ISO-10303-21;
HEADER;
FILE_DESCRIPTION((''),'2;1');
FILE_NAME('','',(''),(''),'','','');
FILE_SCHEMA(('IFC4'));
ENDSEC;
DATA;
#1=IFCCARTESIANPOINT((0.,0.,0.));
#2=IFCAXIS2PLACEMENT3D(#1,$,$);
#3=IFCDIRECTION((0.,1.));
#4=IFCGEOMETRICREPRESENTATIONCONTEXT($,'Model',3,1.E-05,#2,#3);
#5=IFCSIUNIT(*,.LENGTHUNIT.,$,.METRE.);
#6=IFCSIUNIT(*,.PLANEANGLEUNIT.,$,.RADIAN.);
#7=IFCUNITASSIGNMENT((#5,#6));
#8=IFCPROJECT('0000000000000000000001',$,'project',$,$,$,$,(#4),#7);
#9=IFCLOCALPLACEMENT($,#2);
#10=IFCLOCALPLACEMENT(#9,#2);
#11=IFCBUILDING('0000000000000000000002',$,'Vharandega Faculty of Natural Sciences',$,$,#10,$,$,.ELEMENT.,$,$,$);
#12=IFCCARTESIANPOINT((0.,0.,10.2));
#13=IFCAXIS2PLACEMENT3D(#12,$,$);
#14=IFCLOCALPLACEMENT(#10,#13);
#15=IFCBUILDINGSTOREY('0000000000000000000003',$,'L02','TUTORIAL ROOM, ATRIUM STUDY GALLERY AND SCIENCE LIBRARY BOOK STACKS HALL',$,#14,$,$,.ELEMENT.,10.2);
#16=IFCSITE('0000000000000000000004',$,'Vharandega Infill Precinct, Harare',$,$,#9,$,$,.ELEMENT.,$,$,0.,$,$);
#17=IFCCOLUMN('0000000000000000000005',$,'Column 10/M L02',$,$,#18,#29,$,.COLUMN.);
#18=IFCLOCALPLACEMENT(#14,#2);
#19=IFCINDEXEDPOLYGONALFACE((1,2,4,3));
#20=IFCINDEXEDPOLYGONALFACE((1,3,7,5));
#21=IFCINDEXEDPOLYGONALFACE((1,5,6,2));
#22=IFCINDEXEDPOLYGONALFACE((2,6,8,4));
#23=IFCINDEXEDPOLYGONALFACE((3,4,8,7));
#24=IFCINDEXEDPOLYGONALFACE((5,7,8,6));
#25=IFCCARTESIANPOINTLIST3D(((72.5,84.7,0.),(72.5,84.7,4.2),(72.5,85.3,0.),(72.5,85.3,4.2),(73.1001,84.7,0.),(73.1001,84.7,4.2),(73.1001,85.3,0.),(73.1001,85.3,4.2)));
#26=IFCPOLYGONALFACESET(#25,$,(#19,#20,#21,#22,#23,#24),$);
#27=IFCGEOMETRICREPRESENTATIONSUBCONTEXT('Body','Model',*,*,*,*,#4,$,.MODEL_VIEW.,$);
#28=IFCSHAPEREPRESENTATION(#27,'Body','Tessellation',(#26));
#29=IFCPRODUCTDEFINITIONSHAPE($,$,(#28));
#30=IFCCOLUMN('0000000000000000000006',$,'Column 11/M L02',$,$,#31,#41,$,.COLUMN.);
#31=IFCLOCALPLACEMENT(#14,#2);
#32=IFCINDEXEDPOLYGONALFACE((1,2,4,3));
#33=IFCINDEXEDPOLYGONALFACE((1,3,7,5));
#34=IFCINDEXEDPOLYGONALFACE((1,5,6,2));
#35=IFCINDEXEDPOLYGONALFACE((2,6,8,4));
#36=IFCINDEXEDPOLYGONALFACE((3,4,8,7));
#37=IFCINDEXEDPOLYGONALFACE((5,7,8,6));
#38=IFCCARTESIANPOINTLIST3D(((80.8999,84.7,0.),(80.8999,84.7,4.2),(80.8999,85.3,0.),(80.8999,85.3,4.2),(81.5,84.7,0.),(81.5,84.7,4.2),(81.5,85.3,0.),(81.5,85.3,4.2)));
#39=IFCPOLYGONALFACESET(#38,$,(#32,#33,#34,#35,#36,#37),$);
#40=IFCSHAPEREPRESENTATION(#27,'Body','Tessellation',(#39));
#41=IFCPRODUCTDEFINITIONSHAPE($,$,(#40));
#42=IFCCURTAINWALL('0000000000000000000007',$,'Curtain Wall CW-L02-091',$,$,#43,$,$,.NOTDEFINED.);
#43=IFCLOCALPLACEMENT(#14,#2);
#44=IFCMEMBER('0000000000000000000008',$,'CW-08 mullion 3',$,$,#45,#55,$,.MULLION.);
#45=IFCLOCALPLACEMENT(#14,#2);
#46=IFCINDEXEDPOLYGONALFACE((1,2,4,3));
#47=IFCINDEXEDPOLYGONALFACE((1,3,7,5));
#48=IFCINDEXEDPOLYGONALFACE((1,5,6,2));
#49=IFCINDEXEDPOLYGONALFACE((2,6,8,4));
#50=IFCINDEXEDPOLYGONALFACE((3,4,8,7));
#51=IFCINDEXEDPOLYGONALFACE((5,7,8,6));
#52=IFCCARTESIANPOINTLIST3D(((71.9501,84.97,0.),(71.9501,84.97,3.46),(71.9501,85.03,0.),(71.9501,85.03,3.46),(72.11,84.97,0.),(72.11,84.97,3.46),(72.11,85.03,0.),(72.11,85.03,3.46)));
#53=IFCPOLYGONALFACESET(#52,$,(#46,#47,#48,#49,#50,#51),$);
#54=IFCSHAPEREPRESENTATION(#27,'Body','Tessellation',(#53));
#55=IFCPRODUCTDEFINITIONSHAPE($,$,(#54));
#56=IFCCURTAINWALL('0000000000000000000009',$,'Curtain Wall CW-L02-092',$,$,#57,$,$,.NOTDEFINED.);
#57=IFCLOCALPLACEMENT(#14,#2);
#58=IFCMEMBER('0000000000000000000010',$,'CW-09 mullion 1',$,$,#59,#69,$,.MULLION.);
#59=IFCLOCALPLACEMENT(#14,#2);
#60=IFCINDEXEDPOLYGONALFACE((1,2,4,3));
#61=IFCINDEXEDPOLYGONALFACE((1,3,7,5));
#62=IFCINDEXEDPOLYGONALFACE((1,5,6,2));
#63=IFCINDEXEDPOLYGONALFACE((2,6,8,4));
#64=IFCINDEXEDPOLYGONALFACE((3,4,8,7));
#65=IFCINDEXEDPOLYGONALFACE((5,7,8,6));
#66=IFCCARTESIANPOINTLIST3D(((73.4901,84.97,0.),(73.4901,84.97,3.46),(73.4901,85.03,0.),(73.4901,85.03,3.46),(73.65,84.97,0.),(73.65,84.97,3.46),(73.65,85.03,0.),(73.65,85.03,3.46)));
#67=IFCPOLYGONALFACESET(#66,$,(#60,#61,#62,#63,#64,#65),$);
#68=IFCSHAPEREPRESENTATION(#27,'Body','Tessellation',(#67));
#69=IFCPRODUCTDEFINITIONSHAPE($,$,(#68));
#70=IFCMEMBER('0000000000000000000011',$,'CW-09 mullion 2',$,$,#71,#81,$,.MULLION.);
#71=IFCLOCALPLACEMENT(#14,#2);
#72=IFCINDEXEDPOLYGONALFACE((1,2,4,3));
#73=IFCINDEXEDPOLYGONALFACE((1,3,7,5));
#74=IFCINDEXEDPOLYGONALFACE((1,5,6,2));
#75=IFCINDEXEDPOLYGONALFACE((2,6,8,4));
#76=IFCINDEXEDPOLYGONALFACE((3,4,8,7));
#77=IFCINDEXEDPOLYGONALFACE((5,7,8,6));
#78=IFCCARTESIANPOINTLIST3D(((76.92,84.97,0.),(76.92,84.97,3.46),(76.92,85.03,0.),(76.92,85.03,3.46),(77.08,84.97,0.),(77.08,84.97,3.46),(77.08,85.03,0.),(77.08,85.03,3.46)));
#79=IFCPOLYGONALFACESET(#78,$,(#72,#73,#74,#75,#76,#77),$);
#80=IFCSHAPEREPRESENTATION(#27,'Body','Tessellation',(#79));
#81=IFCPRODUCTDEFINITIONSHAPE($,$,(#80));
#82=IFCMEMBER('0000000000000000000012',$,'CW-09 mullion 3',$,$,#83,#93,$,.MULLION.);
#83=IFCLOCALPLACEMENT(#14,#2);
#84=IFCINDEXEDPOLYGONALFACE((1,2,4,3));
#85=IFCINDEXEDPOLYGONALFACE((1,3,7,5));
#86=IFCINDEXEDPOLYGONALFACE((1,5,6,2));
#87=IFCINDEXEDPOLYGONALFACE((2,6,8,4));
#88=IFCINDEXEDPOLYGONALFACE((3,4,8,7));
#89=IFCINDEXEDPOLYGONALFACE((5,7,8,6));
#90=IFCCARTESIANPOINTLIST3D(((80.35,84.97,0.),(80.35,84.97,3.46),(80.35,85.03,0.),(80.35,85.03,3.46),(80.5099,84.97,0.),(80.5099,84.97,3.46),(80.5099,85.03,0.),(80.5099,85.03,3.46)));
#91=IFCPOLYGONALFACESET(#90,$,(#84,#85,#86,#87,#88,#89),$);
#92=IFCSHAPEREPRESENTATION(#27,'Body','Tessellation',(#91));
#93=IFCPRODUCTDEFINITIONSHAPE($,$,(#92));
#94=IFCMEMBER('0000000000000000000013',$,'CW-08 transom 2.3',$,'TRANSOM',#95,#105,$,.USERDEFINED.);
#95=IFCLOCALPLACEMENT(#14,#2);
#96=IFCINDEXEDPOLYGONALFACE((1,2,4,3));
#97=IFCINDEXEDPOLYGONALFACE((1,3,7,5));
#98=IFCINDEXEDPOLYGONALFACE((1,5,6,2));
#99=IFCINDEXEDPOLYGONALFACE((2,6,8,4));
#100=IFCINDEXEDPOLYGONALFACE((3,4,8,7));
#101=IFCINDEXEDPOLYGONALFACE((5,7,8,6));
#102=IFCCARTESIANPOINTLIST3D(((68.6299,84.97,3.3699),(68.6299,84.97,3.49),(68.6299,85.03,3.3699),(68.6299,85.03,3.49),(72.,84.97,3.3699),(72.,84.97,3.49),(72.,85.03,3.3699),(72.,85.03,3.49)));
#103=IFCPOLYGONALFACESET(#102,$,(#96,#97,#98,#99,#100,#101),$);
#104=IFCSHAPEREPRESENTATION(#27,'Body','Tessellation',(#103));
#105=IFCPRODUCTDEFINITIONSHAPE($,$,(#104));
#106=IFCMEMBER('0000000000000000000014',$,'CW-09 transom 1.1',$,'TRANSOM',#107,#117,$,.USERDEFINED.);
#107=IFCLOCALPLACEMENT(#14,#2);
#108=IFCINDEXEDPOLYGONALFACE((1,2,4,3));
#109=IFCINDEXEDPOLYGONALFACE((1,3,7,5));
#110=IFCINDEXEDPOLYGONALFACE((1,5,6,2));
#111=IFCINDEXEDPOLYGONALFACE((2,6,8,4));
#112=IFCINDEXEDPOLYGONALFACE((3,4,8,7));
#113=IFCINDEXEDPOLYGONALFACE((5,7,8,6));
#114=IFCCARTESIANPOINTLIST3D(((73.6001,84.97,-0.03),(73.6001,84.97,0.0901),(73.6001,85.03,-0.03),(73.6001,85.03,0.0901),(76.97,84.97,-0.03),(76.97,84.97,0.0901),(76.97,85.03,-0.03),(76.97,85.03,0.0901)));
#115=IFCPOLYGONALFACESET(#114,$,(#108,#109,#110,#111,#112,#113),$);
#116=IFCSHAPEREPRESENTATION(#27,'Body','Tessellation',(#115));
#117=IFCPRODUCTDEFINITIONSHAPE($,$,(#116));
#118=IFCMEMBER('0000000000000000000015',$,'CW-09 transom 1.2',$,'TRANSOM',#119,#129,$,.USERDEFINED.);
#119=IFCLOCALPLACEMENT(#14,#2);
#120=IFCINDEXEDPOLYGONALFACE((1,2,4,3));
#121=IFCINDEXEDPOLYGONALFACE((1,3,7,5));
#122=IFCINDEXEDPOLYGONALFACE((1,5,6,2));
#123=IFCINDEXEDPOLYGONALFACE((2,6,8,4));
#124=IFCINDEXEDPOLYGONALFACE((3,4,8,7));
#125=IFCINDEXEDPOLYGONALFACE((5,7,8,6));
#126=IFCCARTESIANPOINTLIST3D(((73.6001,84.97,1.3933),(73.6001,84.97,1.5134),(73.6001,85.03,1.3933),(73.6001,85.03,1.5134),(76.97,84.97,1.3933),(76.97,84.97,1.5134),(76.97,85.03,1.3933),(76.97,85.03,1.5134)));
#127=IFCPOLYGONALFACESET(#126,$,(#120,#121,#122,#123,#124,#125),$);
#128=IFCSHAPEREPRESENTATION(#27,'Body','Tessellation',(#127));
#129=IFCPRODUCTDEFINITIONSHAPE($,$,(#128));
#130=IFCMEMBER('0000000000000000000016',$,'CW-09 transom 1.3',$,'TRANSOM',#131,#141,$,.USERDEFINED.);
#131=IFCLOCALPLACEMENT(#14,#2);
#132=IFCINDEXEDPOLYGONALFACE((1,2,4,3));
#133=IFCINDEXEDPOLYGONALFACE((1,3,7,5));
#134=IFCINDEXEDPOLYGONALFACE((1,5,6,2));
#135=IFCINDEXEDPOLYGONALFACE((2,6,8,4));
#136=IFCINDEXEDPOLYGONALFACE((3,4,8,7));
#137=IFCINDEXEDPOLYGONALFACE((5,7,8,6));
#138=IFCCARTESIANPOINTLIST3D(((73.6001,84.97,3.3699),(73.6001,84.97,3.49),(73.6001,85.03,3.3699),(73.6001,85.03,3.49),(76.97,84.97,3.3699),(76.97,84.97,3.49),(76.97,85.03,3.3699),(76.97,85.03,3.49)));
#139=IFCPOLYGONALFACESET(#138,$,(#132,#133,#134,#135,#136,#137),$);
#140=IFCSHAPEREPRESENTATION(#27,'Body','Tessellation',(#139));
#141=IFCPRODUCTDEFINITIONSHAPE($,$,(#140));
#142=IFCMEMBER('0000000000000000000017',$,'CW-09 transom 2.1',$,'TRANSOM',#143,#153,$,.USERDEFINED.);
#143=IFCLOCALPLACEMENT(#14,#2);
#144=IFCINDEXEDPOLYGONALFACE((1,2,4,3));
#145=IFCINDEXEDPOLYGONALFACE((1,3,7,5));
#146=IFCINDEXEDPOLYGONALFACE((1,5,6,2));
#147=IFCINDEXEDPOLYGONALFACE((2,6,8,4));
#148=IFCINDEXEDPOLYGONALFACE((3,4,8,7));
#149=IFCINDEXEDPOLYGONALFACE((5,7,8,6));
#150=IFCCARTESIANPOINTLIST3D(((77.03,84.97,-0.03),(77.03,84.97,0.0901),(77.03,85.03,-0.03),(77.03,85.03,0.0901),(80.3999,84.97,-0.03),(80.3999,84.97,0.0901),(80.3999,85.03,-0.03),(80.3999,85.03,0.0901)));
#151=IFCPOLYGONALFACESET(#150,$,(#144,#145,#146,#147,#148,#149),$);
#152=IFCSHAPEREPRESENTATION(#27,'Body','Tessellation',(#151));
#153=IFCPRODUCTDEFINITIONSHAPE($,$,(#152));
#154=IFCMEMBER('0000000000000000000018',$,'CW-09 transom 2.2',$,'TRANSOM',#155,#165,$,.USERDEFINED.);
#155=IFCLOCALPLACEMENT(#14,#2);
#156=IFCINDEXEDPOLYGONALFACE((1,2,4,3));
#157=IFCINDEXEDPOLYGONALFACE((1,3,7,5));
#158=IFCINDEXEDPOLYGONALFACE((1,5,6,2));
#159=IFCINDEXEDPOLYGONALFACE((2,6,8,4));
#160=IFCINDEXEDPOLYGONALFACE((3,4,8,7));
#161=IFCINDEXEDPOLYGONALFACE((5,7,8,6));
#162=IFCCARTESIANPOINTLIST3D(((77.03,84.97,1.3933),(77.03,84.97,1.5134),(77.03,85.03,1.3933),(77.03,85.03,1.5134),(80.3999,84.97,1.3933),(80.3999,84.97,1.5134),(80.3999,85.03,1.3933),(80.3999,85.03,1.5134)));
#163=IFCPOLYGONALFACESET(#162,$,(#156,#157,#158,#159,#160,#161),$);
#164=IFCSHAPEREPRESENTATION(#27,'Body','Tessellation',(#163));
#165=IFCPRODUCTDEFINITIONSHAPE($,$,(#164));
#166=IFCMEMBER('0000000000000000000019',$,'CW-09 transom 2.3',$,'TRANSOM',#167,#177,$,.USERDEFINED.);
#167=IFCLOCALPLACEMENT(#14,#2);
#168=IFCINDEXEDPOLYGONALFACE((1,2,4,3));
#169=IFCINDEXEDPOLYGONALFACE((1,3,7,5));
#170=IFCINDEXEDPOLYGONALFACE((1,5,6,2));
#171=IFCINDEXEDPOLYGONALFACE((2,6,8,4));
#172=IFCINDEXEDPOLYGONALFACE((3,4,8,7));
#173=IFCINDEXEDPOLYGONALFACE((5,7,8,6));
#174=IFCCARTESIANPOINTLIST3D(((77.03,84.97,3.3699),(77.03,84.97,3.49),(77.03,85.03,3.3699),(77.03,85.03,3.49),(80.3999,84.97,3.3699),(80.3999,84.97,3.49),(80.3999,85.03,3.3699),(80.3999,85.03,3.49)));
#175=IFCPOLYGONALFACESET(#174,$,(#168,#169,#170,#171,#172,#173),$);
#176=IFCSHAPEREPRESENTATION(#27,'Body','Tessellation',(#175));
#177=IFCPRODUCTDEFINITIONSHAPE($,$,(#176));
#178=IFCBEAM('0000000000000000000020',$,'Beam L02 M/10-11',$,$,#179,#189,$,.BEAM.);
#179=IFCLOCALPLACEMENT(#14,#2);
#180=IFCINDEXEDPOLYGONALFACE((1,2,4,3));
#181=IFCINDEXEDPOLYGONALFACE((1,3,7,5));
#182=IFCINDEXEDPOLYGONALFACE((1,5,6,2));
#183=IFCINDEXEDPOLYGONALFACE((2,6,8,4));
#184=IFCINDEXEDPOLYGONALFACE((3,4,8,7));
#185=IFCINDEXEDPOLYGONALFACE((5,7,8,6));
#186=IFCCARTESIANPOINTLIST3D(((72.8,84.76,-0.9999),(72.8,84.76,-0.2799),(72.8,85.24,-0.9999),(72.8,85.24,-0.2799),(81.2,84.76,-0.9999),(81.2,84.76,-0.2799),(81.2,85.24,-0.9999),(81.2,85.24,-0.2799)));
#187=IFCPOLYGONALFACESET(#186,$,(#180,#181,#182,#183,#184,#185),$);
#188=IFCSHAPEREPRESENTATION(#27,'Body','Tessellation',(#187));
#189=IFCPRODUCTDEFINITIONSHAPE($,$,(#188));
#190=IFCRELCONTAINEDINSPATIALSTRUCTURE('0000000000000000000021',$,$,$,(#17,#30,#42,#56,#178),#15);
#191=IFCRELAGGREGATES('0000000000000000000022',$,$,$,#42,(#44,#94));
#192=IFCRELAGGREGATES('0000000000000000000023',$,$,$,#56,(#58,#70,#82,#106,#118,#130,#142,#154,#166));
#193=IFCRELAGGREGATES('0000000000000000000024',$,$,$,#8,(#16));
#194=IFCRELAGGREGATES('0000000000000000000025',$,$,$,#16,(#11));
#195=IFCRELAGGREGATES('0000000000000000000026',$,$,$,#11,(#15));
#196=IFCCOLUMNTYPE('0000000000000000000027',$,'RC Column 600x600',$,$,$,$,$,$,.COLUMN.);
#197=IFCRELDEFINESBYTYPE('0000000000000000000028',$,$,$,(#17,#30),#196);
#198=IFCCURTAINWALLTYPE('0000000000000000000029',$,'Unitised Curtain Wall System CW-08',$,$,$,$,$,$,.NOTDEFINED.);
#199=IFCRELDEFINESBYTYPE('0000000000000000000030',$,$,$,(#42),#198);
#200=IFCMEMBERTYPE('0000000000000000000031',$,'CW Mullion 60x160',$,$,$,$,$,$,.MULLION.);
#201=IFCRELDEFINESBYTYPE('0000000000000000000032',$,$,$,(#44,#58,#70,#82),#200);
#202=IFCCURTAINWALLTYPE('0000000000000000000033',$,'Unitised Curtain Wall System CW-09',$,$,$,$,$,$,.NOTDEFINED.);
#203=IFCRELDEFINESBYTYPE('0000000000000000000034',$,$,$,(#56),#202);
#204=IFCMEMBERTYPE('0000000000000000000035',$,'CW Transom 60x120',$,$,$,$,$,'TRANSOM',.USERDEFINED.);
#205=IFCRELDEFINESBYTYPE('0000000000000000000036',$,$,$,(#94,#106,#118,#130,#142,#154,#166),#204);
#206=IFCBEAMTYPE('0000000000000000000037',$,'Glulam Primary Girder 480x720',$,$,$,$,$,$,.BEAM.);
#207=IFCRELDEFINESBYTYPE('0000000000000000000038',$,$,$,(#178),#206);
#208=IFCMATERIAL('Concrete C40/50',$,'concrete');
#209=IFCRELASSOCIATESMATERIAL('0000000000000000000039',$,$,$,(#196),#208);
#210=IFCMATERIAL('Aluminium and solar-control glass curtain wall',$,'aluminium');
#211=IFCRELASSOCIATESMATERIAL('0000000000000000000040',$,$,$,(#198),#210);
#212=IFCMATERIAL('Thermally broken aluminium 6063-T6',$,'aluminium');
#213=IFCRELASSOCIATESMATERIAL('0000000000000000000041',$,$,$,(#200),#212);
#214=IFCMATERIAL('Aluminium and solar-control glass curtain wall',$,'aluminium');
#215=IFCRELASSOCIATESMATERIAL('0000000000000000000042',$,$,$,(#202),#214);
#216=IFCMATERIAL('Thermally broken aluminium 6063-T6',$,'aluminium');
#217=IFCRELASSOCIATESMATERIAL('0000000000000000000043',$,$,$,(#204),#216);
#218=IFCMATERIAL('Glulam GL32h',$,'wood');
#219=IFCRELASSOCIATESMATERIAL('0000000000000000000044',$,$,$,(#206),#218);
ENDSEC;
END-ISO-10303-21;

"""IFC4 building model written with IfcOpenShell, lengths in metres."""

from ifc_helpers import new_model, si_unit, direction, frame, origin, origin_2d, place, context, subcontext, project, spatial, rectangle, extrude, material, material_profile, profile_set, type_object, element, aggregate, save


model = new_model("IFC4")

# Units and contexts
model_context = context("Model", 3, precision=1e-05, world=origin(), true_north=direction((0.0, 1.0)))
body_context = subcontext(model_context, "Body", "Model", "MODEL_VIEW")
ifc_project = project(units=[si_unit("LENGTHUNIT", "METRE"), si_unit("PLANEANGLEUNIT", "RADIAN")], contexts=[model_context])

# Site, building, storey
site_placement = place(None, origin())
site = spatial("IfcSite", under=ifc_project, at=site_placement, Name="Vharandega Infill Precinct, Harare", CompositionType="ELEMENT", RefElevation=0.0)
building_placement = place(site_placement, origin())
building = spatial("IfcBuilding", under=site, at=building_placement, Name="Vharandega Faculty of Natural Sciences", CompositionType="ELEMENT")
storey_placement = place(building_placement, frame((0.0, 0.0, 10.2)))
storey = spatial("IfcBuildingStorey", under=building, at=storey_placement, Name="L02", Description="TUTORIAL ROOM, ATRIUM STUDY GALLERY AND SCIENCE LIBRARY BOOK STACKS HALL", CompositionType="ELEMENT", Elevation=10.2)

# Columns
ifc_material_1 = material(Name="Concrete C40/50", Category="concrete")
ifc_material_profile_1 = material_profile(ifc_material_1, rectangle(XDim=0.6001, YDim=0.6001, at=origin_2d()), Name="RC 600x600")
ifc_profile_set_1 = profile_set([ifc_material_profile_1], Name="Concrete C40/50")
column_type = type_object("IfcColumnType", Name="RC Column 600x600", PredefinedType="COLUMN", material=ifc_profile_set_1)
for number, where, z_axis, x_axis, name in (
    (1, (72.8, 85.0, 0.0), (0.0, 0.0, 1.0), (1.0, 0.0, 0.0), "Column 10/M L02"),
    (2, (81.2, 85.0, 0.0), (0.0, 0.0, 1.0), (1.0, 0.0, 0.0), "Column 11/M L02"),
):
    element("IfcColumn", number, at=place(storey_placement, frame(where, z_axis=z_axis, x_axis=x_axis)), inside=storey, type_object=column_type, Name=name, PredefinedType="COLUMN", context=body_context, shape_type="SweptSolid", body=[
        extrude(rectangle(XDim=0.6001, YDim=0.6001, at=origin_2d()), origin(), (0.0, 0.0, 1.0), 4.2),
    ])

# Curtain wall, member
ifc_material_2 = material(Name="Aluminium and solar-control glass curtain wall", Category="aluminium")
curtain_wall_type_1 = type_object("IfcCurtainWallType", Name="Unitised Curtain Wall System CW-08", PredefinedType="NOTDEFINED", material=ifc_material_2)
curtain_wall_1_placement = place(storey_placement, origin())
curtain_wall_1 = element("IfcCurtainWall", 3, at=curtain_wall_1_placement, inside=storey, type_object=curtain_wall_type_1, Name="Curtain Wall CW-L02-091", PredefinedType="NOTDEFINED")
ifc_material_3 = material(Name="Thermally broken aluminium 6063-T6", Category="aluminium")
ifc_material_profile_2 = material_profile(ifc_material_3, rectangle(XDim=0.0601, YDim=0.1599, at=origin_2d()), Name="ALU 60x160")
ifc_profile_set_2 = profile_set([ifc_material_profile_2], Name="Thermally broken aluminium 6063-T6")
member_type_1 = type_object("IfcMemberType", Name="CW Mullion 60x160", PredefinedType="MULLION", material=ifc_profile_set_2)
member_1_placement = place(storey_placement, frame((72.03, 85.0, 0.0), z_axis=(0.0, 0.0, 1.0), x_axis=(0.0, 1.0, 0.0)))
member_1 = element("IfcMember", 4, at=member_1_placement, type_object=member_type_1, Name="CW-08 mullion 3", PredefinedType="MULLION", context=body_context, shape_type="SweptSolid", body=[
    extrude(rectangle(XDim=0.0601, YDim=0.1599, at=origin_2d()), origin(), (0.0, 0.0, 1.0), 3.46),
])

# Curtain wall, members
ifc_material_4 = material(Name="Aluminium and solar-control glass curtain wall", Category="aluminium")
curtain_wall_type_2 = type_object("IfcCurtainWallType", Name="Unitised Curtain Wall System CW-09", PredefinedType="NOTDEFINED", material=ifc_material_4)
curtain_wall_2_placement = place(storey_placement, origin())
curtain_wall_2 = element("IfcCurtainWall", 5, at=curtain_wall_2_placement, inside=storey, type_object=curtain_wall_type_2, Name="Curtain Wall CW-L02-092", PredefinedType="NOTDEFINED")
member_2_placement = place(storey_placement, frame((73.5701, 85.0, 0.0), z_axis=(0.0, 0.0, 1.0), x_axis=(0.0, 1.0, 0.0)))
member_2 = element("IfcMember", 6, at=member_2_placement, type_object=member_type_1, Name="CW-09 mullion 1", PredefinedType="MULLION", context=body_context, shape_type="SweptSolid", body=[
    extrude(rectangle(XDim=0.0601, YDim=0.1599, at=origin_2d()), origin(), (0.0, 0.0, 1.0), 3.46),
])
member_3_placement = place(storey_placement, frame((77.0, 85.0, 0.0), z_axis=(0.0, 0.0, 1.0), x_axis=(0.0, 1.0, 0.0)))
member_3 = element("IfcMember", 7, at=member_3_placement, type_object=member_type_1, Name="CW-09 mullion 2", PredefinedType="MULLION", context=body_context, shape_type="SweptSolid", body=[
    extrude(rectangle(XDim=0.0601, YDim=0.1599, at=origin_2d()), origin(), (0.0, 0.0, 1.0), 3.46),
])
member_4_placement = place(storey_placement, frame((80.4299, 85.0, 0.0), z_axis=(0.0, 0.0, 1.0), x_axis=(0.0, 1.0, 0.0)))
member_4 = element("IfcMember", 8, at=member_4_placement, type_object=member_type_1, Name="CW-09 mullion 3", PredefinedType="MULLION", context=body_context, shape_type="SweptSolid", body=[
    extrude(rectangle(XDim=0.0601, YDim=0.1599, at=origin_2d()), origin(), (0.0, 0.0, 1.0), 3.46),
])

# Members
ifc_material_5 = material(Name="Thermally broken aluminium 6063-T6", Category="aluminium")
ifc_material_profile_3 = material_profile(ifc_material_5, rectangle(XDim=0.0601, YDim=0.1201, at=origin_2d()), Name="ALU 60x120")
ifc_profile_set_3 = profile_set([ifc_material_profile_3], Name="Thermally broken aluminium 6063-T6")
member_type_2 = type_object("IfcMemberType", Name="CW Transom 60x120", ElementType="TRANSOM", PredefinedType="USERDEFINED", material=ifc_profile_set_3)
member_5_placement = place(storey_placement, frame((68.6299, 85.0, 3.4299), z_axis=(1.0, 0.0, 0.0), x_axis=(0.0, 1.0, 0.0)))
member_5 = element("IfcMember", 9, at=member_5_placement, type_object=member_type_2, Name="CW-08 transom 2.3", ObjectType="TRANSOM", PredefinedType="USERDEFINED", context=body_context, shape_type="SweptSolid", body=[
    extrude(rectangle(XDim=0.0601, YDim=0.1201, at=origin_2d()), origin(), (0.0, 0.0, 1.0), 3.3701),
])
member_6_placement = place(storey_placement, frame((73.6001, 85.0, 0.03), z_axis=(1.0, 0.0, 0.0), x_axis=(0.0, 1.0, 0.0)))
member_6 = element("IfcMember", 10, at=member_6_placement, type_object=member_type_2, Name="CW-09 transom 1.1", ObjectType="TRANSOM", PredefinedType="USERDEFINED", context=body_context, shape_type="SweptSolid", body=[
    extrude(rectangle(XDim=0.0601, YDim=0.1201, at=origin_2d()), origin(), (0.0, 0.0, 1.0), 3.3699),
])
member_7_placement = place(storey_placement, frame((73.6001, 85.0, 1.4534), z_axis=(1.0, 0.0, 0.0), x_axis=(0.0, 1.0, 0.0)))
member_7 = element("IfcMember", 11, at=member_7_placement, type_object=member_type_2, Name="CW-09 transom 1.2", ObjectType="TRANSOM", PredefinedType="USERDEFINED", context=body_context, shape_type="SweptSolid", body=[
    extrude(rectangle(XDim=0.0601, YDim=0.1201, at=origin_2d()), origin(), (0.0, 0.0, 1.0), 3.3699),
])
member_8_placement = place(storey_placement, frame((73.6001, 85.0, 3.4299), z_axis=(1.0, 0.0, 0.0), x_axis=(0.0, 1.0, 0.0)))
member_8 = element("IfcMember", 12, at=member_8_placement, type_object=member_type_2, Name="CW-09 transom 1.3", ObjectType="TRANSOM", PredefinedType="USERDEFINED", context=body_context, shape_type="SweptSolid", body=[
    extrude(rectangle(XDim=0.0601, YDim=0.1201, at=origin_2d()), origin(), (0.0, 0.0, 1.0), 3.3699),
])
member_9_placement = place(storey_placement, frame((77.03, 85.0, 0.03), z_axis=(1.0, 0.0, 0.0), x_axis=(0.0, 1.0, 0.0)))
member_9 = element("IfcMember", 13, at=member_9_placement, type_object=member_type_2, Name="CW-09 transom 2.1", ObjectType="TRANSOM", PredefinedType="USERDEFINED", context=body_context, shape_type="SweptSolid", body=[
    extrude(rectangle(XDim=0.0601, YDim=0.1201, at=origin_2d()), origin(), (0.0, 0.0, 1.0), 3.3699),
])
member_10_placement = place(storey_placement, frame((77.03, 85.0, 1.4534), z_axis=(1.0, 0.0, 0.0), x_axis=(0.0, 1.0, 0.0)))
member_10 = element("IfcMember", 14, at=member_10_placement, type_object=member_type_2, Name="CW-09 transom 2.2", ObjectType="TRANSOM", PredefinedType="USERDEFINED", context=body_context, shape_type="SweptSolid", body=[
    extrude(rectangle(XDim=0.0601, YDim=0.1201, at=origin_2d()), origin(), (0.0, 0.0, 1.0), 3.3699),
])
member_11_placement = place(storey_placement, frame((77.03, 85.0, 3.4299), z_axis=(1.0, 0.0, 0.0), x_axis=(0.0, 1.0, 0.0)))
member_11 = element("IfcMember", 15, at=member_11_placement, type_object=member_type_2, Name="CW-09 transom 2.3", ObjectType="TRANSOM", PredefinedType="USERDEFINED", context=body_context, shape_type="SweptSolid", body=[
    extrude(rectangle(XDim=0.0601, YDim=0.1201, at=origin_2d()), origin(), (0.0, 0.0, 1.0), 3.3699),
])

# Beam
ifc_material_6 = material(Name="Glulam GL32h", Category="wood")
ifc_material_profile_4 = material_profile(ifc_material_6, rectangle(XDim=0.48, YDim=0.72, at=origin_2d()), Name="GL32h 480x720")
ifc_profile_set_4 = profile_set([ifc_material_profile_4], Name="Glulam GL32h")
beam_type_1 = type_object("IfcBeamType", Name="Glulam Primary Girder 480x720", PredefinedType="BEAM", material=ifc_profile_set_4)
beam_1_placement = place(storey_placement, frame((72.8, 85.0, -0.6399), z_axis=(1.0, 0.0, 0.0), x_axis=(0.0, 1.0, 0.0)))
element("IfcBeam", 16, at=beam_1_placement, inside=storey, type_object=beam_type_1, Name="Beam L02 M/10-11", PredefinedType="BEAM", context=body_context, shape_type="SweptSolid", body=[
    extrude(rectangle(XDim=0.48, YDim=0.72, at=origin_2d()), origin(), (0.0, 0.0, 1.0), 8.3999),
])

aggregate(curtain_wall_1, [member_1, member_5])
aggregate(curtain_wall_2, [member_2, member_3, member_4, member_6, member_7, member_8, member_9, member_10, member_11])

save(model, "model.ifc")
